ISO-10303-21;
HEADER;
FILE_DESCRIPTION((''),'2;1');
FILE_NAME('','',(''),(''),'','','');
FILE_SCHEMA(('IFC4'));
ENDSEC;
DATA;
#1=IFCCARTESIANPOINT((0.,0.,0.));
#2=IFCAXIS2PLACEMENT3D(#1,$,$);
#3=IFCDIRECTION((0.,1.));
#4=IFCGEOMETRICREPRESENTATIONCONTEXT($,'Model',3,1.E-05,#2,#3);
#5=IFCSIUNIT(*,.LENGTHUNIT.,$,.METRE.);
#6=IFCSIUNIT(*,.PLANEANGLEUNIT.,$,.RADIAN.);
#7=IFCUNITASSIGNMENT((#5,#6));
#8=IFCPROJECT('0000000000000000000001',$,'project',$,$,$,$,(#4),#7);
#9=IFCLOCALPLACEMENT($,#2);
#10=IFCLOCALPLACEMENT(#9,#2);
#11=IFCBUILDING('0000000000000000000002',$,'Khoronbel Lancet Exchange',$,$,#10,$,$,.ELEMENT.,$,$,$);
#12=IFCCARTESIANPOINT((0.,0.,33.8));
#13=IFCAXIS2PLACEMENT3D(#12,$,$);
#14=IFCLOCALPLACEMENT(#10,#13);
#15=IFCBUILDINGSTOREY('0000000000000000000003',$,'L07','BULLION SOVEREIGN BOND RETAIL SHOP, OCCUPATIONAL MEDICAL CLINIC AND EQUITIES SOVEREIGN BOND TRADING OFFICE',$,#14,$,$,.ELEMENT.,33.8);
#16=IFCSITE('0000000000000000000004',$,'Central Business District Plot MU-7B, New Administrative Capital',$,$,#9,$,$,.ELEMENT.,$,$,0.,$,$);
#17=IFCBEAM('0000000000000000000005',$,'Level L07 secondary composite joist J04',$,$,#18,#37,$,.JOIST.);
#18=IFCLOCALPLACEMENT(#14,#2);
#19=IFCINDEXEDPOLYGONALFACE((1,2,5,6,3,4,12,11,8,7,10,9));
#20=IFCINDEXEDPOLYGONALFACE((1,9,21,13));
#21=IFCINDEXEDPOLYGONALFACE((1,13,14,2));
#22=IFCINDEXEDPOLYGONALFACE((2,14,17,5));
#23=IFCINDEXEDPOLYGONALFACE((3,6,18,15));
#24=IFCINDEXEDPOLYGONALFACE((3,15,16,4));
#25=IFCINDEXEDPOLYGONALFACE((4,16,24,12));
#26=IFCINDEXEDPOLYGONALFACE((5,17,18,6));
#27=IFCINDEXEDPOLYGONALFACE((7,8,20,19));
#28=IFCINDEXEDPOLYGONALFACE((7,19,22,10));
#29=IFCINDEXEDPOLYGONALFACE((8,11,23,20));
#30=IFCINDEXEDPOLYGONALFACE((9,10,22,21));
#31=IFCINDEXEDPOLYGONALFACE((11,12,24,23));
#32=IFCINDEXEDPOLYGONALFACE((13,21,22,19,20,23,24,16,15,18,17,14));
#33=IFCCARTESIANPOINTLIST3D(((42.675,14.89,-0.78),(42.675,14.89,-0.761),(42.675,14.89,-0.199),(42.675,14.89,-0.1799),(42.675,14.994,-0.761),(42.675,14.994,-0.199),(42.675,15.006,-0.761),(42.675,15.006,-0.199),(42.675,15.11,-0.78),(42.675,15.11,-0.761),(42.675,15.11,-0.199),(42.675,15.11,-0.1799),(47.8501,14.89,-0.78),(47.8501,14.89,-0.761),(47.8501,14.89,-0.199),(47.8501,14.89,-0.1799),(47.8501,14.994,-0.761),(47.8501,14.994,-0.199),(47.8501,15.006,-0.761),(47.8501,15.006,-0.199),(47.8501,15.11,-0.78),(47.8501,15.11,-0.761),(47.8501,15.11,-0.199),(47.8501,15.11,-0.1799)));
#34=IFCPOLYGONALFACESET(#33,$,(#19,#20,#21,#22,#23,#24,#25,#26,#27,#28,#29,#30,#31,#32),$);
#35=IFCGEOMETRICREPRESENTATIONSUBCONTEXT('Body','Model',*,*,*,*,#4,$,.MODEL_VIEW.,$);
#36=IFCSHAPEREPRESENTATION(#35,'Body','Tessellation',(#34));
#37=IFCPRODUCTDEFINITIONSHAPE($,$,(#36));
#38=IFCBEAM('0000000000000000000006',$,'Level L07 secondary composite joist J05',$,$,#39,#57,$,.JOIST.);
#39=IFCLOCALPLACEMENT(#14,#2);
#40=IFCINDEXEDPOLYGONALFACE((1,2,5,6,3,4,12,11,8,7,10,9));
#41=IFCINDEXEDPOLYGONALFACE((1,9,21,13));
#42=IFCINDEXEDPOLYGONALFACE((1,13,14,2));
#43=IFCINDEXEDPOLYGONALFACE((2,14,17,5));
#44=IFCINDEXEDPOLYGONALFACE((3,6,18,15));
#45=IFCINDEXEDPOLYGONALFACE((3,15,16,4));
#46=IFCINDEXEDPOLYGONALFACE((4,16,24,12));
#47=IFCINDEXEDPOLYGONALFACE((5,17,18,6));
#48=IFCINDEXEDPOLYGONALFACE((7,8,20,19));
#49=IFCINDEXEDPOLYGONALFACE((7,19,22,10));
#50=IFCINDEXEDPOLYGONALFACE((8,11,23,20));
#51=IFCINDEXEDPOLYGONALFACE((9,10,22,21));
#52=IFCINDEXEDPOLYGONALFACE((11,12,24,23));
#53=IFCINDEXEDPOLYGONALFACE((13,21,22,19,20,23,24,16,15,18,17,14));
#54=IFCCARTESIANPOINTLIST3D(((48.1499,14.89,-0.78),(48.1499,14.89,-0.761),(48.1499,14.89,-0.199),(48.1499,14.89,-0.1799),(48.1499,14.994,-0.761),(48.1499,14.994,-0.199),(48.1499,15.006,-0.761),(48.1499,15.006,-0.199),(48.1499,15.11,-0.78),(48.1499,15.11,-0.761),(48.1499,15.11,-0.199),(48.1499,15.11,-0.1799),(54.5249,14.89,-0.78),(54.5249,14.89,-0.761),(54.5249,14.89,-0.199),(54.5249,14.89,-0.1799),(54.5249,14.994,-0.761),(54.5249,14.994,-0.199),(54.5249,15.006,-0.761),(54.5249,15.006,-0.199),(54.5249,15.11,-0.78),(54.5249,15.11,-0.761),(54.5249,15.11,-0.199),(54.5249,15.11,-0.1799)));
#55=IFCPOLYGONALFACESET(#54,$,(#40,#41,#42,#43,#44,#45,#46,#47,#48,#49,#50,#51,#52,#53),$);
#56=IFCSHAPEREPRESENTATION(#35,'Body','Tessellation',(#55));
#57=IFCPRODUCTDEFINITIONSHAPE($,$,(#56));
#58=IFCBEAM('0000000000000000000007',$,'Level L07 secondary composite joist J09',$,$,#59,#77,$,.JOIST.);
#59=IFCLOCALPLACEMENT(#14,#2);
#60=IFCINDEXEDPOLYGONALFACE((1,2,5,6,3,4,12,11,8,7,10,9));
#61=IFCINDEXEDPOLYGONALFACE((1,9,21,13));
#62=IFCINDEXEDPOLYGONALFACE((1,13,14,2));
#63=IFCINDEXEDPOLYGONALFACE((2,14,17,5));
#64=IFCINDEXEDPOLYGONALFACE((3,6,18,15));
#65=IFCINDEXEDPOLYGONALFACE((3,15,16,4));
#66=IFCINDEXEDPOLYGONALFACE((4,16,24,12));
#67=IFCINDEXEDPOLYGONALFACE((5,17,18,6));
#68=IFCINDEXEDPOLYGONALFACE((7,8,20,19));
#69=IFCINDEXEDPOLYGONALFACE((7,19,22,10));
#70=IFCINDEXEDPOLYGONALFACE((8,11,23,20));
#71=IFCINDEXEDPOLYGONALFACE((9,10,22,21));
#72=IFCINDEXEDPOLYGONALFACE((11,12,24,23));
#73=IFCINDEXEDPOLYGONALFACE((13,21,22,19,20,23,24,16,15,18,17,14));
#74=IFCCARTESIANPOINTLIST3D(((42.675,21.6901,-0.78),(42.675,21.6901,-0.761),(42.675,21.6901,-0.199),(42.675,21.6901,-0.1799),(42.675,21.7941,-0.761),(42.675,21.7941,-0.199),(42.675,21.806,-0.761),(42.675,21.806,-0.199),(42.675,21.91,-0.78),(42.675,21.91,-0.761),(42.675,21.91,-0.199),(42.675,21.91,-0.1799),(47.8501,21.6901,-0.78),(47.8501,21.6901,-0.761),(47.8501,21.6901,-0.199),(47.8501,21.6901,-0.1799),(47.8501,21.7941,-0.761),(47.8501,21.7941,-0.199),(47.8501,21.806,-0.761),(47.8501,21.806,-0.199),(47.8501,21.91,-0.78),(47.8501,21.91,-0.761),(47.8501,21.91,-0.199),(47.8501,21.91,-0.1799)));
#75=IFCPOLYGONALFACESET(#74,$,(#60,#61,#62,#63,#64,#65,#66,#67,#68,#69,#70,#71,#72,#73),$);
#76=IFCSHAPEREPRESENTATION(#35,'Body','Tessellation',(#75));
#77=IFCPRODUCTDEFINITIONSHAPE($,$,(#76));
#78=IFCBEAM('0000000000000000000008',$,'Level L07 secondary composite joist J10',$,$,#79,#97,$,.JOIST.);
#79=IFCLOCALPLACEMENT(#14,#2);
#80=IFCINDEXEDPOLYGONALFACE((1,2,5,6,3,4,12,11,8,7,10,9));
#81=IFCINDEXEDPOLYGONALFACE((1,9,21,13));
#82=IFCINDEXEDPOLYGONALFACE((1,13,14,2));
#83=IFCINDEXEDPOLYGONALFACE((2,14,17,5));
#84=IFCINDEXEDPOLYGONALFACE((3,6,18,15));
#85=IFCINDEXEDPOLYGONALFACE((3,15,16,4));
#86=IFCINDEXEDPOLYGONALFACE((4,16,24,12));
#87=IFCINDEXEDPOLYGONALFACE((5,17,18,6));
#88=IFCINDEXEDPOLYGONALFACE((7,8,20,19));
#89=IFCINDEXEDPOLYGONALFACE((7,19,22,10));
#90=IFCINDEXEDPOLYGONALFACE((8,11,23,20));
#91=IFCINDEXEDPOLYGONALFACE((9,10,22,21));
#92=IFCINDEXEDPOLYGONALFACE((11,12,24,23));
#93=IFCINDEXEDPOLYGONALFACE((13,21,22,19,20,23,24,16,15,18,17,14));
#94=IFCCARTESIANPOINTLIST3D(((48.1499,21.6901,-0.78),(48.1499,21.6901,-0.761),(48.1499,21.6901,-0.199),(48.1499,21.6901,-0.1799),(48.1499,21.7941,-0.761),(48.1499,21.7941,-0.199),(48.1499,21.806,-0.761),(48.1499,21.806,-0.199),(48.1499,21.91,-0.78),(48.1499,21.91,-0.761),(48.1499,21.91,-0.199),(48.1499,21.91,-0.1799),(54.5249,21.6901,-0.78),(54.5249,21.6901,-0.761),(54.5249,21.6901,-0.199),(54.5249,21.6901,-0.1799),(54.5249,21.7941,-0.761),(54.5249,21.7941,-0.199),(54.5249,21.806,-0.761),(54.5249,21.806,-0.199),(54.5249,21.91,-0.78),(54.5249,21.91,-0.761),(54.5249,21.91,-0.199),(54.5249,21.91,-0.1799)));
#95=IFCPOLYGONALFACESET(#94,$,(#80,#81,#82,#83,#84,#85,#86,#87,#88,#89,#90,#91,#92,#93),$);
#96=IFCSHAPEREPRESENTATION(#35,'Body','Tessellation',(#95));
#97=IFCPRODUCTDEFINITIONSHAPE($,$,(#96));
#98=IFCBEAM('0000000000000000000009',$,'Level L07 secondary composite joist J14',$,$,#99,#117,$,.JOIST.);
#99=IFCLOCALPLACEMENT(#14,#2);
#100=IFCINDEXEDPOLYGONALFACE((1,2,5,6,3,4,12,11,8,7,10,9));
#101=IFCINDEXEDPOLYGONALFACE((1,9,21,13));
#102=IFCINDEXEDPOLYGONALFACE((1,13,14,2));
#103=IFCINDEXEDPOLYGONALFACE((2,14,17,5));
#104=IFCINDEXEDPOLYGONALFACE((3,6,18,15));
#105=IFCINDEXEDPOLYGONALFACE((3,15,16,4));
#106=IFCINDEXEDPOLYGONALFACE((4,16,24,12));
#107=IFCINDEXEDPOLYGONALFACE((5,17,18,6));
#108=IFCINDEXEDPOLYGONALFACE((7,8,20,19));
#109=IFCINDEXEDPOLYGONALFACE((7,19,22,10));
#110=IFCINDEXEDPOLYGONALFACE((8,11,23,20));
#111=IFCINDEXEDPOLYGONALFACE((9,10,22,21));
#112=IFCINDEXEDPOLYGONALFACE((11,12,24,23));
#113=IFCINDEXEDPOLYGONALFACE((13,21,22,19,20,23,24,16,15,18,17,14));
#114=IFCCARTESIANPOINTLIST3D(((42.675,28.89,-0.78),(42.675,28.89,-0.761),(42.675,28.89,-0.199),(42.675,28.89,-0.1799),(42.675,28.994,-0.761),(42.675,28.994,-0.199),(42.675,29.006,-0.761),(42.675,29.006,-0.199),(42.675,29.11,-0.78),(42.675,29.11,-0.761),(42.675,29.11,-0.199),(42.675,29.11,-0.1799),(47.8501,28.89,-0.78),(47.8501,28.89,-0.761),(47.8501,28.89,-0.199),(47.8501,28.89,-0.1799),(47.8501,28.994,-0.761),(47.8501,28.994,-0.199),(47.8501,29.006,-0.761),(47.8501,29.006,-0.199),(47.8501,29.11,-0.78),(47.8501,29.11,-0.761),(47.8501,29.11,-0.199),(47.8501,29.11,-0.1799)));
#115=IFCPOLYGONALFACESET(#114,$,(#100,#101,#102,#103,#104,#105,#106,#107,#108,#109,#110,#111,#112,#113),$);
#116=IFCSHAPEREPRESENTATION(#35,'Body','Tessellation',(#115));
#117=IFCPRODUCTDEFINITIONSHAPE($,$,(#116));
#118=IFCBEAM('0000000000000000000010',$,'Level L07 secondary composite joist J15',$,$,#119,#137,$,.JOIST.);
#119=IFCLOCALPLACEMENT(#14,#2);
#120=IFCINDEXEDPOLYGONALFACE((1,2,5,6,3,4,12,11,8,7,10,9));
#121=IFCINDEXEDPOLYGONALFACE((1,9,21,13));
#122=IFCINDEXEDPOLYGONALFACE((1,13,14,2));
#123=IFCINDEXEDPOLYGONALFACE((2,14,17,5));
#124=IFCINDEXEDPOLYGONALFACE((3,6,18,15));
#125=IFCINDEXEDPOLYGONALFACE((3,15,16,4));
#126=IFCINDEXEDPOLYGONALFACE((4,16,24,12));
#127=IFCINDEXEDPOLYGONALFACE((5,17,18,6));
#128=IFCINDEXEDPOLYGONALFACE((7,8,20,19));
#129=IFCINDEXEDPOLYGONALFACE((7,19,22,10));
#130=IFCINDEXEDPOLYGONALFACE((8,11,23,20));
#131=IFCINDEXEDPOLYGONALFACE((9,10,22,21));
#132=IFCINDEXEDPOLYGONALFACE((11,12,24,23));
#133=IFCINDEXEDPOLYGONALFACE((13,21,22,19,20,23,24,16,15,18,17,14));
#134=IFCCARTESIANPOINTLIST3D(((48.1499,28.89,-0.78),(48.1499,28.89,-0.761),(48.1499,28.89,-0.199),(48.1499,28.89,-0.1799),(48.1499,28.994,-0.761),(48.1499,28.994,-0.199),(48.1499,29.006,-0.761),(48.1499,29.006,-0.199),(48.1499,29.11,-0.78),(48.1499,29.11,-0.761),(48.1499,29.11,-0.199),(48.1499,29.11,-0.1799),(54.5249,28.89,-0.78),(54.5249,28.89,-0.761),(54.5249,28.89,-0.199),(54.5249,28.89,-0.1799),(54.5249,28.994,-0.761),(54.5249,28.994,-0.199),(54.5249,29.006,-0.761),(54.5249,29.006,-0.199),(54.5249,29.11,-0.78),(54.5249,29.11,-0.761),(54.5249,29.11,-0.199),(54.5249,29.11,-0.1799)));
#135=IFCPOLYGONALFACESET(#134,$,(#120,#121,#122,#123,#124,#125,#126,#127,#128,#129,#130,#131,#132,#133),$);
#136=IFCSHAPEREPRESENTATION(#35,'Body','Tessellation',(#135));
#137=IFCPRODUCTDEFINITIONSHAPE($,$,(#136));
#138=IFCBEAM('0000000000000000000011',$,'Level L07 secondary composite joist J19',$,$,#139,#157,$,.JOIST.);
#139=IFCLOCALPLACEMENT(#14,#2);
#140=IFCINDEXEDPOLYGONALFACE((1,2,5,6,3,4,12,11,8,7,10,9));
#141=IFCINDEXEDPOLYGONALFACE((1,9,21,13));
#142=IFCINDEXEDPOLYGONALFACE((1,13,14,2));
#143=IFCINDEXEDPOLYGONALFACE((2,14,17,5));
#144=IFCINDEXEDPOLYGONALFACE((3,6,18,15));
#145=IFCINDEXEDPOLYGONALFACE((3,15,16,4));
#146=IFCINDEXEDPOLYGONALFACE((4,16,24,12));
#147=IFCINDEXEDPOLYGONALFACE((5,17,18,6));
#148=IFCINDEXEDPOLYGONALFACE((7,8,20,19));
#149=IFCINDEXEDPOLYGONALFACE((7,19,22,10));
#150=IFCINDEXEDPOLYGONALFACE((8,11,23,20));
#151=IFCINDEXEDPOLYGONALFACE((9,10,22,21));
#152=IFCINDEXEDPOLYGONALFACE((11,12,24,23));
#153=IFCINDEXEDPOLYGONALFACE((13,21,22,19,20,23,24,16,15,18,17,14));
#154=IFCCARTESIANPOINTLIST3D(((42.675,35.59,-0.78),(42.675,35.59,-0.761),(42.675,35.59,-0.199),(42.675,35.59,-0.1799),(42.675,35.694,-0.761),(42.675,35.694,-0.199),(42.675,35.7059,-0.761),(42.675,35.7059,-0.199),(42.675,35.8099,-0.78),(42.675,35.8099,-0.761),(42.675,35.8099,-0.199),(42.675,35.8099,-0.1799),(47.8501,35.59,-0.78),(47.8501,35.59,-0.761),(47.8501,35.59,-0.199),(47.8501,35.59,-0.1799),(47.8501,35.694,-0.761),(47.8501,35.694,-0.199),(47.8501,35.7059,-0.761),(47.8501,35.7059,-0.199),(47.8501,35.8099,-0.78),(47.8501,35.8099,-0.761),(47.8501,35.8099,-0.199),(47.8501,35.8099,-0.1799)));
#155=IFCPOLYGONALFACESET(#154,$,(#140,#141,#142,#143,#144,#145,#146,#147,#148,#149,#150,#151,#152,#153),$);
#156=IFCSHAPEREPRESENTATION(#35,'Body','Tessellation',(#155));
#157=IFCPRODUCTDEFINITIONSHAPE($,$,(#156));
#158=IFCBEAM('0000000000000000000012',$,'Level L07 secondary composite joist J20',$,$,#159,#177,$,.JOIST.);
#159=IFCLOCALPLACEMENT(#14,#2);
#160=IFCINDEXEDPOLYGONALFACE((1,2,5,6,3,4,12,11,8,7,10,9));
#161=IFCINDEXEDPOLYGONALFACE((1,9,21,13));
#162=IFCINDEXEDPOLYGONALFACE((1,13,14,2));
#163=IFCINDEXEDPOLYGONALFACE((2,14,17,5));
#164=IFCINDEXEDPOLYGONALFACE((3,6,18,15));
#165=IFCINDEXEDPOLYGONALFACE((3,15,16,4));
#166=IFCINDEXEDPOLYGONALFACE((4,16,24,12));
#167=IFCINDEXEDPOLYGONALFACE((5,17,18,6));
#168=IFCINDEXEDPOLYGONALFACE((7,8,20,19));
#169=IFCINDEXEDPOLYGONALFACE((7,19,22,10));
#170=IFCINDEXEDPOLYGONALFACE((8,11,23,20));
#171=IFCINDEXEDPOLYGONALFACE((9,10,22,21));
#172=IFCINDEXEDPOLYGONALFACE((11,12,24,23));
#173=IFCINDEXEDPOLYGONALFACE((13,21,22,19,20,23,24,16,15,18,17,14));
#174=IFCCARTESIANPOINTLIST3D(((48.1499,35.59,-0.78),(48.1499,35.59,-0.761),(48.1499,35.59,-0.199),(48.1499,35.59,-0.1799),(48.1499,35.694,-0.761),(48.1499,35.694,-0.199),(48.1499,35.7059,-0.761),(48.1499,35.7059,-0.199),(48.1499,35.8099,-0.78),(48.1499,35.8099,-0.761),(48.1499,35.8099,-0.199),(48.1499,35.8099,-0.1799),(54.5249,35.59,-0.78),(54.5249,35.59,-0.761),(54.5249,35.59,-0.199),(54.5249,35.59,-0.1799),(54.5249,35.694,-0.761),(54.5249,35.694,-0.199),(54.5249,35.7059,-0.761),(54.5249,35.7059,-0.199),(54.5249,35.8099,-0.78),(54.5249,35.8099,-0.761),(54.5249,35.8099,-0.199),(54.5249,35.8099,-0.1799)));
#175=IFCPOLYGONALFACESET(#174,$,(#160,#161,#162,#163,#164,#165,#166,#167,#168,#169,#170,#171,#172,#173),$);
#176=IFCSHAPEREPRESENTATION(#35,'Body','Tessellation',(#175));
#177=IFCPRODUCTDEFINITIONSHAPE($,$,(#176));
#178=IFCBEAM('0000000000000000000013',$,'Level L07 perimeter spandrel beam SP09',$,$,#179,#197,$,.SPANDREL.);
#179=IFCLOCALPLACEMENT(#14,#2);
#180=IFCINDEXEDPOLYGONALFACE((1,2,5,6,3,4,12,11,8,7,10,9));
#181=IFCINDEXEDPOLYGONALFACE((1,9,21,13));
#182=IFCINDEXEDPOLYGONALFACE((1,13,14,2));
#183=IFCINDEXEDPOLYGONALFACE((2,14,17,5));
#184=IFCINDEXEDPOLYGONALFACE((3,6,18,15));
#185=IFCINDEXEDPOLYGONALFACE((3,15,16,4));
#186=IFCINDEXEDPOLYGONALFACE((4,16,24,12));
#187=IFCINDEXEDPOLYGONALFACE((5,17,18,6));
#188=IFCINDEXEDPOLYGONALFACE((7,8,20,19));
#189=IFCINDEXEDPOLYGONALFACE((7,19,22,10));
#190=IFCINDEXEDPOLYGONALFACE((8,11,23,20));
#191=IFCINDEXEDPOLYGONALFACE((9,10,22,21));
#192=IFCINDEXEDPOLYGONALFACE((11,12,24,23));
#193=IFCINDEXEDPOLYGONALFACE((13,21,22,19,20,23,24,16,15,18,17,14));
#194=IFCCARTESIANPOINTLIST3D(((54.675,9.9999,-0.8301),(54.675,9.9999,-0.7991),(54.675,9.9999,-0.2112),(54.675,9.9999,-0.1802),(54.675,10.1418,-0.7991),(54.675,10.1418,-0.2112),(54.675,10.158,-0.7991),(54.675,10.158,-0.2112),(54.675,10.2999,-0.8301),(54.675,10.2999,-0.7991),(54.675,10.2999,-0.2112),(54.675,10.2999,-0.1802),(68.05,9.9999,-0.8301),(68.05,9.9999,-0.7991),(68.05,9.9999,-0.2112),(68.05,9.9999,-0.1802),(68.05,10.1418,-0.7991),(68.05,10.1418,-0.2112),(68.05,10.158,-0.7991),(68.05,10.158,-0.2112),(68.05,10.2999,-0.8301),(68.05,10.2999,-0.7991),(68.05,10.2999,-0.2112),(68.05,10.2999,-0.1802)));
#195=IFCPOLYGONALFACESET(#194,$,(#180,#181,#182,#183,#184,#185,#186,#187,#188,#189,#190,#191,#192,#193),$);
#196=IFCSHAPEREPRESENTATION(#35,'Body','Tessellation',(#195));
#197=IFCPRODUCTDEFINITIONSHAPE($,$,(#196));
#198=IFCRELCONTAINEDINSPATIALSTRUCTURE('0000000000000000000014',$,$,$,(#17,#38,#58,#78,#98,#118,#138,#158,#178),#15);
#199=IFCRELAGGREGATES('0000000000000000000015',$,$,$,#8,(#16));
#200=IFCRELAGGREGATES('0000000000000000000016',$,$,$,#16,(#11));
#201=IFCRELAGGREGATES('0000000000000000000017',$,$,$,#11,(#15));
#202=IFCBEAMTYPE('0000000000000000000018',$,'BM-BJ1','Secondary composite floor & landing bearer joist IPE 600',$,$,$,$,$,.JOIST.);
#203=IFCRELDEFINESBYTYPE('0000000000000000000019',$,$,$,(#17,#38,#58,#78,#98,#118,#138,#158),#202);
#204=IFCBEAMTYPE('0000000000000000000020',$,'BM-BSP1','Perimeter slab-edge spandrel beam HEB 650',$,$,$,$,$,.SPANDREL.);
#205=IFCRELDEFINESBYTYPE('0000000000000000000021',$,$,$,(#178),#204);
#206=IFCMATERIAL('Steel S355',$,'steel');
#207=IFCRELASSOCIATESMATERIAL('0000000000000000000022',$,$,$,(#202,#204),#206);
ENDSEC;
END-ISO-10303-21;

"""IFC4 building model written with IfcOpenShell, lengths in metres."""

from ifc_helpers import new_model, si_unit, direction, frame, origin, origin_2d, place, context, subcontext, project, spatial, i_section, extrude, material, material_profile, profile_set, type_object, element, save


model = new_model("IFC4")

# Units and contexts
model_context = context("Model", 3, precision=1e-05, world=origin(), true_north=direction((0.0, 1.0)))
body_context = subcontext(model_context, "Body", "Model", "MODEL_VIEW")
ifc_project = project(units=[si_unit("LENGTHUNIT", "METRE"), si_unit("PLANEANGLEUNIT", "RADIAN")], contexts=[model_context])

# Site, building, storey
site_placement = place(None, origin())
site = spatial("IfcSite", under=ifc_project, at=site_placement, Name="Central Business District Plot MU-7B, New Administrative Capital", CompositionType="ELEMENT", RefElevation=0.0)
building_placement = place(site_placement, origin())
building = spatial("IfcBuilding", under=site, at=building_placement, Name="Khoronbel Lancet Exchange", CompositionType="ELEMENT")
storey_placement = place(building_placement, frame((0.0, 0.0, 33.8)))
storey = spatial("IfcBuildingStorey", under=building, at=storey_placement, Name="L07", Description="BULLION SOVEREIGN BOND RETAIL SHOP, OCCUPATIONAL MEDICAL CLINIC AND EQUITIES SOVEREIGN BOND TRADING OFFICE", CompositionType="ELEMENT", Elevation=33.8)

# Beams
ifc_material_1 = material(Name="Steel S355", Category="steel")
ifc_material_profile_1 = material_profile(ifc_material_1, i_section(OverallWidth=0.22, OverallDepth=0.6001, WebThickness=0.012, FlangeThickness=0.019, at=origin_2d()), Name="IPE 600")
ifc_profile_set_1 = profile_set([ifc_material_profile_1], Name="Steel S355")
beam_type_1 = type_object("IfcBeamType", Name="BM-BJ1", Description="Secondary composite floor & landing bearer joist IPE 600", PredefinedType="JOIST", material=ifc_profile_set_1)
beam_1_placement = place(storey_placement, frame((42.675, 15.0, -0.48), z_axis=(1.0, 0.0, 0.0), x_axis=(0.0, 1.0, 0.0)))
element("IfcBeam", 1, at=beam_1_placement, inside=storey, type_object=beam_type_1, Name="Level L07 secondary composite joist J04", PredefinedType="JOIST", context=body_context, shape_type="SweptSolid", body=[
    extrude(i_section(OverallWidth=0.22, OverallDepth=0.6001, WebThickness=0.012, FlangeThickness=0.019, at=origin_2d()), origin(), (0.0, 0.0, 1.0), 5.175),
])
beam_2_placement = place(storey_placement, frame((48.1499, 15.0, -0.48), z_axis=(1.0, 0.0, 0.0), x_axis=(0.0, 1.0, 0.0)))
element("IfcBeam", 2, at=beam_2_placement, inside=storey, type_object=beam_type_1, Name="Level L07 secondary composite joist J05", PredefinedType="JOIST", context=body_context, shape_type="SweptSolid", body=[
    extrude(i_section(OverallWidth=0.22, OverallDepth=0.6001, WebThickness=0.012, FlangeThickness=0.019, at=origin_2d()), origin(), (0.0, 0.0, 1.0), 6.375),
])
beam_3_placement = place(storey_placement, frame((42.675, 21.8, -0.48), z_axis=(1.0, 0.0, 0.0), x_axis=(0.0, 1.0, 0.0)))
element("IfcBeam", 3, at=beam_3_placement, inside=storey, type_object=beam_type_1, Name="Level L07 secondary composite joist J09", PredefinedType="JOIST", context=body_context, shape_type="SweptSolid", body=[
    extrude(i_section(OverallWidth=0.22, OverallDepth=0.6001, WebThickness=0.012, FlangeThickness=0.019, at=origin_2d()), origin(), (0.0, 0.0, 1.0), 5.175),
])
beam_4_placement = place(storey_placement, frame((48.1499, 21.8, -0.48), z_axis=(1.0, 0.0, 0.0), x_axis=(0.0, 1.0, 0.0)))
element("IfcBeam", 4, at=beam_4_placement, inside=storey, type_object=beam_type_1, Name="Level L07 secondary composite joist J10", PredefinedType="JOIST", context=body_context, shape_type="SweptSolid", body=[
    extrude(i_section(OverallWidth=0.22, OverallDepth=0.6001, WebThickness=0.012, FlangeThickness=0.019, at=origin_2d()), origin(), (0.0, 0.0, 1.0), 6.375),
])
beam_5_placement = place(storey_placement, frame((42.675, 29.0, -0.48), z_axis=(1.0, 0.0, 0.0), x_axis=(0.0, 1.0, 0.0)))
element("IfcBeam", 5, at=beam_5_placement, inside=storey, type_object=beam_type_1, Name="Level L07 secondary composite joist J14", PredefinedType="JOIST", context=body_context, shape_type="SweptSolid", body=[
    extrude(i_section(OverallWidth=0.22, OverallDepth=0.6001, WebThickness=0.012, FlangeThickness=0.019, at=origin_2d()), origin(), (0.0, 0.0, 1.0), 5.175),
])
beam_6_placement = place(storey_placement, frame((48.1499, 29.0, -0.48), z_axis=(1.0, 0.0, 0.0), x_axis=(0.0, 1.0, 0.0)))
element("IfcBeam", 6, at=beam_6_placement, inside=storey, type_object=beam_type_1, Name="Level L07 secondary composite joist J15", PredefinedType="JOIST", context=body_context, shape_type="SweptSolid", body=[
    extrude(i_section(OverallWidth=0.22, OverallDepth=0.6001, WebThickness=0.012, FlangeThickness=0.019, at=origin_2d()), origin(), (0.0, 0.0, 1.0), 6.375),
])
beam_7_placement = place(storey_placement, frame((42.675, 35.7, -0.48), z_axis=(1.0, 0.0, 0.0), x_axis=(0.0, 1.0, 0.0)))
element("IfcBeam", 7, at=beam_7_placement, inside=storey, type_object=beam_type_1, Name="Level L07 secondary composite joist J19", PredefinedType="JOIST", context=body_context, shape_type="SweptSolid", body=[
    extrude(i_section(OverallWidth=0.22, OverallDepth=0.6001, WebThickness=0.012, FlangeThickness=0.019, at=origin_2d()), origin(), (0.0, 0.0, 1.0), 5.175),
])
beam_8_placement = place(storey_placement, frame((48.1499, 35.7, -0.48), z_axis=(1.0, 0.0, 0.0), x_axis=(0.0, 1.0, 0.0)))
element("IfcBeam", 8, at=beam_8_placement, inside=storey, type_object=beam_type_1, Name="Level L07 secondary composite joist J20", PredefinedType="JOIST", context=body_context, shape_type="SweptSolid", body=[
    extrude(i_section(OverallWidth=0.22, OverallDepth=0.6001, WebThickness=0.012, FlangeThickness=0.019, at=origin_2d()), origin(), (0.0, 0.0, 1.0), 6.375),
])
ifc_material_profile_2 = material_profile(ifc_material_1, i_section(OverallWidth=0.3, OverallDepth=0.6499, WebThickness=0.0161, FlangeThickness=0.031, at=origin_2d()), Name="HEB 650")
ifc_profile_set_2 = profile_set([ifc_material_profile_2], Name="Steel S355")
beam_type_2 = type_object("IfcBeamType", Name="BM-BSP1", Description="Perimeter slab-edge spandrel beam HEB 650", PredefinedType="SPANDREL", material=ifc_profile_set_2)
beam_9_placement = place(storey_placement, frame((54.675, 10.1499, -0.5051), z_axis=(1.0, 0.0, 0.0), x_axis=(0.0, 1.0, 0.0)))
element("IfcBeam", 9, at=beam_9_placement, inside=storey, type_object=beam_type_2, Name="Level L07 perimeter spandrel beam SP09", PredefinedType="SPANDREL", context=body_context, shape_type="SweptSolid", body=[
    extrude(i_section(OverallWidth=0.3, OverallDepth=0.6499, WebThickness=0.0161, FlangeThickness=0.031, at=origin_2d()), origin(), (0.0, 0.0, 1.0), 13.375),
])

save(model, "model.ifc")
